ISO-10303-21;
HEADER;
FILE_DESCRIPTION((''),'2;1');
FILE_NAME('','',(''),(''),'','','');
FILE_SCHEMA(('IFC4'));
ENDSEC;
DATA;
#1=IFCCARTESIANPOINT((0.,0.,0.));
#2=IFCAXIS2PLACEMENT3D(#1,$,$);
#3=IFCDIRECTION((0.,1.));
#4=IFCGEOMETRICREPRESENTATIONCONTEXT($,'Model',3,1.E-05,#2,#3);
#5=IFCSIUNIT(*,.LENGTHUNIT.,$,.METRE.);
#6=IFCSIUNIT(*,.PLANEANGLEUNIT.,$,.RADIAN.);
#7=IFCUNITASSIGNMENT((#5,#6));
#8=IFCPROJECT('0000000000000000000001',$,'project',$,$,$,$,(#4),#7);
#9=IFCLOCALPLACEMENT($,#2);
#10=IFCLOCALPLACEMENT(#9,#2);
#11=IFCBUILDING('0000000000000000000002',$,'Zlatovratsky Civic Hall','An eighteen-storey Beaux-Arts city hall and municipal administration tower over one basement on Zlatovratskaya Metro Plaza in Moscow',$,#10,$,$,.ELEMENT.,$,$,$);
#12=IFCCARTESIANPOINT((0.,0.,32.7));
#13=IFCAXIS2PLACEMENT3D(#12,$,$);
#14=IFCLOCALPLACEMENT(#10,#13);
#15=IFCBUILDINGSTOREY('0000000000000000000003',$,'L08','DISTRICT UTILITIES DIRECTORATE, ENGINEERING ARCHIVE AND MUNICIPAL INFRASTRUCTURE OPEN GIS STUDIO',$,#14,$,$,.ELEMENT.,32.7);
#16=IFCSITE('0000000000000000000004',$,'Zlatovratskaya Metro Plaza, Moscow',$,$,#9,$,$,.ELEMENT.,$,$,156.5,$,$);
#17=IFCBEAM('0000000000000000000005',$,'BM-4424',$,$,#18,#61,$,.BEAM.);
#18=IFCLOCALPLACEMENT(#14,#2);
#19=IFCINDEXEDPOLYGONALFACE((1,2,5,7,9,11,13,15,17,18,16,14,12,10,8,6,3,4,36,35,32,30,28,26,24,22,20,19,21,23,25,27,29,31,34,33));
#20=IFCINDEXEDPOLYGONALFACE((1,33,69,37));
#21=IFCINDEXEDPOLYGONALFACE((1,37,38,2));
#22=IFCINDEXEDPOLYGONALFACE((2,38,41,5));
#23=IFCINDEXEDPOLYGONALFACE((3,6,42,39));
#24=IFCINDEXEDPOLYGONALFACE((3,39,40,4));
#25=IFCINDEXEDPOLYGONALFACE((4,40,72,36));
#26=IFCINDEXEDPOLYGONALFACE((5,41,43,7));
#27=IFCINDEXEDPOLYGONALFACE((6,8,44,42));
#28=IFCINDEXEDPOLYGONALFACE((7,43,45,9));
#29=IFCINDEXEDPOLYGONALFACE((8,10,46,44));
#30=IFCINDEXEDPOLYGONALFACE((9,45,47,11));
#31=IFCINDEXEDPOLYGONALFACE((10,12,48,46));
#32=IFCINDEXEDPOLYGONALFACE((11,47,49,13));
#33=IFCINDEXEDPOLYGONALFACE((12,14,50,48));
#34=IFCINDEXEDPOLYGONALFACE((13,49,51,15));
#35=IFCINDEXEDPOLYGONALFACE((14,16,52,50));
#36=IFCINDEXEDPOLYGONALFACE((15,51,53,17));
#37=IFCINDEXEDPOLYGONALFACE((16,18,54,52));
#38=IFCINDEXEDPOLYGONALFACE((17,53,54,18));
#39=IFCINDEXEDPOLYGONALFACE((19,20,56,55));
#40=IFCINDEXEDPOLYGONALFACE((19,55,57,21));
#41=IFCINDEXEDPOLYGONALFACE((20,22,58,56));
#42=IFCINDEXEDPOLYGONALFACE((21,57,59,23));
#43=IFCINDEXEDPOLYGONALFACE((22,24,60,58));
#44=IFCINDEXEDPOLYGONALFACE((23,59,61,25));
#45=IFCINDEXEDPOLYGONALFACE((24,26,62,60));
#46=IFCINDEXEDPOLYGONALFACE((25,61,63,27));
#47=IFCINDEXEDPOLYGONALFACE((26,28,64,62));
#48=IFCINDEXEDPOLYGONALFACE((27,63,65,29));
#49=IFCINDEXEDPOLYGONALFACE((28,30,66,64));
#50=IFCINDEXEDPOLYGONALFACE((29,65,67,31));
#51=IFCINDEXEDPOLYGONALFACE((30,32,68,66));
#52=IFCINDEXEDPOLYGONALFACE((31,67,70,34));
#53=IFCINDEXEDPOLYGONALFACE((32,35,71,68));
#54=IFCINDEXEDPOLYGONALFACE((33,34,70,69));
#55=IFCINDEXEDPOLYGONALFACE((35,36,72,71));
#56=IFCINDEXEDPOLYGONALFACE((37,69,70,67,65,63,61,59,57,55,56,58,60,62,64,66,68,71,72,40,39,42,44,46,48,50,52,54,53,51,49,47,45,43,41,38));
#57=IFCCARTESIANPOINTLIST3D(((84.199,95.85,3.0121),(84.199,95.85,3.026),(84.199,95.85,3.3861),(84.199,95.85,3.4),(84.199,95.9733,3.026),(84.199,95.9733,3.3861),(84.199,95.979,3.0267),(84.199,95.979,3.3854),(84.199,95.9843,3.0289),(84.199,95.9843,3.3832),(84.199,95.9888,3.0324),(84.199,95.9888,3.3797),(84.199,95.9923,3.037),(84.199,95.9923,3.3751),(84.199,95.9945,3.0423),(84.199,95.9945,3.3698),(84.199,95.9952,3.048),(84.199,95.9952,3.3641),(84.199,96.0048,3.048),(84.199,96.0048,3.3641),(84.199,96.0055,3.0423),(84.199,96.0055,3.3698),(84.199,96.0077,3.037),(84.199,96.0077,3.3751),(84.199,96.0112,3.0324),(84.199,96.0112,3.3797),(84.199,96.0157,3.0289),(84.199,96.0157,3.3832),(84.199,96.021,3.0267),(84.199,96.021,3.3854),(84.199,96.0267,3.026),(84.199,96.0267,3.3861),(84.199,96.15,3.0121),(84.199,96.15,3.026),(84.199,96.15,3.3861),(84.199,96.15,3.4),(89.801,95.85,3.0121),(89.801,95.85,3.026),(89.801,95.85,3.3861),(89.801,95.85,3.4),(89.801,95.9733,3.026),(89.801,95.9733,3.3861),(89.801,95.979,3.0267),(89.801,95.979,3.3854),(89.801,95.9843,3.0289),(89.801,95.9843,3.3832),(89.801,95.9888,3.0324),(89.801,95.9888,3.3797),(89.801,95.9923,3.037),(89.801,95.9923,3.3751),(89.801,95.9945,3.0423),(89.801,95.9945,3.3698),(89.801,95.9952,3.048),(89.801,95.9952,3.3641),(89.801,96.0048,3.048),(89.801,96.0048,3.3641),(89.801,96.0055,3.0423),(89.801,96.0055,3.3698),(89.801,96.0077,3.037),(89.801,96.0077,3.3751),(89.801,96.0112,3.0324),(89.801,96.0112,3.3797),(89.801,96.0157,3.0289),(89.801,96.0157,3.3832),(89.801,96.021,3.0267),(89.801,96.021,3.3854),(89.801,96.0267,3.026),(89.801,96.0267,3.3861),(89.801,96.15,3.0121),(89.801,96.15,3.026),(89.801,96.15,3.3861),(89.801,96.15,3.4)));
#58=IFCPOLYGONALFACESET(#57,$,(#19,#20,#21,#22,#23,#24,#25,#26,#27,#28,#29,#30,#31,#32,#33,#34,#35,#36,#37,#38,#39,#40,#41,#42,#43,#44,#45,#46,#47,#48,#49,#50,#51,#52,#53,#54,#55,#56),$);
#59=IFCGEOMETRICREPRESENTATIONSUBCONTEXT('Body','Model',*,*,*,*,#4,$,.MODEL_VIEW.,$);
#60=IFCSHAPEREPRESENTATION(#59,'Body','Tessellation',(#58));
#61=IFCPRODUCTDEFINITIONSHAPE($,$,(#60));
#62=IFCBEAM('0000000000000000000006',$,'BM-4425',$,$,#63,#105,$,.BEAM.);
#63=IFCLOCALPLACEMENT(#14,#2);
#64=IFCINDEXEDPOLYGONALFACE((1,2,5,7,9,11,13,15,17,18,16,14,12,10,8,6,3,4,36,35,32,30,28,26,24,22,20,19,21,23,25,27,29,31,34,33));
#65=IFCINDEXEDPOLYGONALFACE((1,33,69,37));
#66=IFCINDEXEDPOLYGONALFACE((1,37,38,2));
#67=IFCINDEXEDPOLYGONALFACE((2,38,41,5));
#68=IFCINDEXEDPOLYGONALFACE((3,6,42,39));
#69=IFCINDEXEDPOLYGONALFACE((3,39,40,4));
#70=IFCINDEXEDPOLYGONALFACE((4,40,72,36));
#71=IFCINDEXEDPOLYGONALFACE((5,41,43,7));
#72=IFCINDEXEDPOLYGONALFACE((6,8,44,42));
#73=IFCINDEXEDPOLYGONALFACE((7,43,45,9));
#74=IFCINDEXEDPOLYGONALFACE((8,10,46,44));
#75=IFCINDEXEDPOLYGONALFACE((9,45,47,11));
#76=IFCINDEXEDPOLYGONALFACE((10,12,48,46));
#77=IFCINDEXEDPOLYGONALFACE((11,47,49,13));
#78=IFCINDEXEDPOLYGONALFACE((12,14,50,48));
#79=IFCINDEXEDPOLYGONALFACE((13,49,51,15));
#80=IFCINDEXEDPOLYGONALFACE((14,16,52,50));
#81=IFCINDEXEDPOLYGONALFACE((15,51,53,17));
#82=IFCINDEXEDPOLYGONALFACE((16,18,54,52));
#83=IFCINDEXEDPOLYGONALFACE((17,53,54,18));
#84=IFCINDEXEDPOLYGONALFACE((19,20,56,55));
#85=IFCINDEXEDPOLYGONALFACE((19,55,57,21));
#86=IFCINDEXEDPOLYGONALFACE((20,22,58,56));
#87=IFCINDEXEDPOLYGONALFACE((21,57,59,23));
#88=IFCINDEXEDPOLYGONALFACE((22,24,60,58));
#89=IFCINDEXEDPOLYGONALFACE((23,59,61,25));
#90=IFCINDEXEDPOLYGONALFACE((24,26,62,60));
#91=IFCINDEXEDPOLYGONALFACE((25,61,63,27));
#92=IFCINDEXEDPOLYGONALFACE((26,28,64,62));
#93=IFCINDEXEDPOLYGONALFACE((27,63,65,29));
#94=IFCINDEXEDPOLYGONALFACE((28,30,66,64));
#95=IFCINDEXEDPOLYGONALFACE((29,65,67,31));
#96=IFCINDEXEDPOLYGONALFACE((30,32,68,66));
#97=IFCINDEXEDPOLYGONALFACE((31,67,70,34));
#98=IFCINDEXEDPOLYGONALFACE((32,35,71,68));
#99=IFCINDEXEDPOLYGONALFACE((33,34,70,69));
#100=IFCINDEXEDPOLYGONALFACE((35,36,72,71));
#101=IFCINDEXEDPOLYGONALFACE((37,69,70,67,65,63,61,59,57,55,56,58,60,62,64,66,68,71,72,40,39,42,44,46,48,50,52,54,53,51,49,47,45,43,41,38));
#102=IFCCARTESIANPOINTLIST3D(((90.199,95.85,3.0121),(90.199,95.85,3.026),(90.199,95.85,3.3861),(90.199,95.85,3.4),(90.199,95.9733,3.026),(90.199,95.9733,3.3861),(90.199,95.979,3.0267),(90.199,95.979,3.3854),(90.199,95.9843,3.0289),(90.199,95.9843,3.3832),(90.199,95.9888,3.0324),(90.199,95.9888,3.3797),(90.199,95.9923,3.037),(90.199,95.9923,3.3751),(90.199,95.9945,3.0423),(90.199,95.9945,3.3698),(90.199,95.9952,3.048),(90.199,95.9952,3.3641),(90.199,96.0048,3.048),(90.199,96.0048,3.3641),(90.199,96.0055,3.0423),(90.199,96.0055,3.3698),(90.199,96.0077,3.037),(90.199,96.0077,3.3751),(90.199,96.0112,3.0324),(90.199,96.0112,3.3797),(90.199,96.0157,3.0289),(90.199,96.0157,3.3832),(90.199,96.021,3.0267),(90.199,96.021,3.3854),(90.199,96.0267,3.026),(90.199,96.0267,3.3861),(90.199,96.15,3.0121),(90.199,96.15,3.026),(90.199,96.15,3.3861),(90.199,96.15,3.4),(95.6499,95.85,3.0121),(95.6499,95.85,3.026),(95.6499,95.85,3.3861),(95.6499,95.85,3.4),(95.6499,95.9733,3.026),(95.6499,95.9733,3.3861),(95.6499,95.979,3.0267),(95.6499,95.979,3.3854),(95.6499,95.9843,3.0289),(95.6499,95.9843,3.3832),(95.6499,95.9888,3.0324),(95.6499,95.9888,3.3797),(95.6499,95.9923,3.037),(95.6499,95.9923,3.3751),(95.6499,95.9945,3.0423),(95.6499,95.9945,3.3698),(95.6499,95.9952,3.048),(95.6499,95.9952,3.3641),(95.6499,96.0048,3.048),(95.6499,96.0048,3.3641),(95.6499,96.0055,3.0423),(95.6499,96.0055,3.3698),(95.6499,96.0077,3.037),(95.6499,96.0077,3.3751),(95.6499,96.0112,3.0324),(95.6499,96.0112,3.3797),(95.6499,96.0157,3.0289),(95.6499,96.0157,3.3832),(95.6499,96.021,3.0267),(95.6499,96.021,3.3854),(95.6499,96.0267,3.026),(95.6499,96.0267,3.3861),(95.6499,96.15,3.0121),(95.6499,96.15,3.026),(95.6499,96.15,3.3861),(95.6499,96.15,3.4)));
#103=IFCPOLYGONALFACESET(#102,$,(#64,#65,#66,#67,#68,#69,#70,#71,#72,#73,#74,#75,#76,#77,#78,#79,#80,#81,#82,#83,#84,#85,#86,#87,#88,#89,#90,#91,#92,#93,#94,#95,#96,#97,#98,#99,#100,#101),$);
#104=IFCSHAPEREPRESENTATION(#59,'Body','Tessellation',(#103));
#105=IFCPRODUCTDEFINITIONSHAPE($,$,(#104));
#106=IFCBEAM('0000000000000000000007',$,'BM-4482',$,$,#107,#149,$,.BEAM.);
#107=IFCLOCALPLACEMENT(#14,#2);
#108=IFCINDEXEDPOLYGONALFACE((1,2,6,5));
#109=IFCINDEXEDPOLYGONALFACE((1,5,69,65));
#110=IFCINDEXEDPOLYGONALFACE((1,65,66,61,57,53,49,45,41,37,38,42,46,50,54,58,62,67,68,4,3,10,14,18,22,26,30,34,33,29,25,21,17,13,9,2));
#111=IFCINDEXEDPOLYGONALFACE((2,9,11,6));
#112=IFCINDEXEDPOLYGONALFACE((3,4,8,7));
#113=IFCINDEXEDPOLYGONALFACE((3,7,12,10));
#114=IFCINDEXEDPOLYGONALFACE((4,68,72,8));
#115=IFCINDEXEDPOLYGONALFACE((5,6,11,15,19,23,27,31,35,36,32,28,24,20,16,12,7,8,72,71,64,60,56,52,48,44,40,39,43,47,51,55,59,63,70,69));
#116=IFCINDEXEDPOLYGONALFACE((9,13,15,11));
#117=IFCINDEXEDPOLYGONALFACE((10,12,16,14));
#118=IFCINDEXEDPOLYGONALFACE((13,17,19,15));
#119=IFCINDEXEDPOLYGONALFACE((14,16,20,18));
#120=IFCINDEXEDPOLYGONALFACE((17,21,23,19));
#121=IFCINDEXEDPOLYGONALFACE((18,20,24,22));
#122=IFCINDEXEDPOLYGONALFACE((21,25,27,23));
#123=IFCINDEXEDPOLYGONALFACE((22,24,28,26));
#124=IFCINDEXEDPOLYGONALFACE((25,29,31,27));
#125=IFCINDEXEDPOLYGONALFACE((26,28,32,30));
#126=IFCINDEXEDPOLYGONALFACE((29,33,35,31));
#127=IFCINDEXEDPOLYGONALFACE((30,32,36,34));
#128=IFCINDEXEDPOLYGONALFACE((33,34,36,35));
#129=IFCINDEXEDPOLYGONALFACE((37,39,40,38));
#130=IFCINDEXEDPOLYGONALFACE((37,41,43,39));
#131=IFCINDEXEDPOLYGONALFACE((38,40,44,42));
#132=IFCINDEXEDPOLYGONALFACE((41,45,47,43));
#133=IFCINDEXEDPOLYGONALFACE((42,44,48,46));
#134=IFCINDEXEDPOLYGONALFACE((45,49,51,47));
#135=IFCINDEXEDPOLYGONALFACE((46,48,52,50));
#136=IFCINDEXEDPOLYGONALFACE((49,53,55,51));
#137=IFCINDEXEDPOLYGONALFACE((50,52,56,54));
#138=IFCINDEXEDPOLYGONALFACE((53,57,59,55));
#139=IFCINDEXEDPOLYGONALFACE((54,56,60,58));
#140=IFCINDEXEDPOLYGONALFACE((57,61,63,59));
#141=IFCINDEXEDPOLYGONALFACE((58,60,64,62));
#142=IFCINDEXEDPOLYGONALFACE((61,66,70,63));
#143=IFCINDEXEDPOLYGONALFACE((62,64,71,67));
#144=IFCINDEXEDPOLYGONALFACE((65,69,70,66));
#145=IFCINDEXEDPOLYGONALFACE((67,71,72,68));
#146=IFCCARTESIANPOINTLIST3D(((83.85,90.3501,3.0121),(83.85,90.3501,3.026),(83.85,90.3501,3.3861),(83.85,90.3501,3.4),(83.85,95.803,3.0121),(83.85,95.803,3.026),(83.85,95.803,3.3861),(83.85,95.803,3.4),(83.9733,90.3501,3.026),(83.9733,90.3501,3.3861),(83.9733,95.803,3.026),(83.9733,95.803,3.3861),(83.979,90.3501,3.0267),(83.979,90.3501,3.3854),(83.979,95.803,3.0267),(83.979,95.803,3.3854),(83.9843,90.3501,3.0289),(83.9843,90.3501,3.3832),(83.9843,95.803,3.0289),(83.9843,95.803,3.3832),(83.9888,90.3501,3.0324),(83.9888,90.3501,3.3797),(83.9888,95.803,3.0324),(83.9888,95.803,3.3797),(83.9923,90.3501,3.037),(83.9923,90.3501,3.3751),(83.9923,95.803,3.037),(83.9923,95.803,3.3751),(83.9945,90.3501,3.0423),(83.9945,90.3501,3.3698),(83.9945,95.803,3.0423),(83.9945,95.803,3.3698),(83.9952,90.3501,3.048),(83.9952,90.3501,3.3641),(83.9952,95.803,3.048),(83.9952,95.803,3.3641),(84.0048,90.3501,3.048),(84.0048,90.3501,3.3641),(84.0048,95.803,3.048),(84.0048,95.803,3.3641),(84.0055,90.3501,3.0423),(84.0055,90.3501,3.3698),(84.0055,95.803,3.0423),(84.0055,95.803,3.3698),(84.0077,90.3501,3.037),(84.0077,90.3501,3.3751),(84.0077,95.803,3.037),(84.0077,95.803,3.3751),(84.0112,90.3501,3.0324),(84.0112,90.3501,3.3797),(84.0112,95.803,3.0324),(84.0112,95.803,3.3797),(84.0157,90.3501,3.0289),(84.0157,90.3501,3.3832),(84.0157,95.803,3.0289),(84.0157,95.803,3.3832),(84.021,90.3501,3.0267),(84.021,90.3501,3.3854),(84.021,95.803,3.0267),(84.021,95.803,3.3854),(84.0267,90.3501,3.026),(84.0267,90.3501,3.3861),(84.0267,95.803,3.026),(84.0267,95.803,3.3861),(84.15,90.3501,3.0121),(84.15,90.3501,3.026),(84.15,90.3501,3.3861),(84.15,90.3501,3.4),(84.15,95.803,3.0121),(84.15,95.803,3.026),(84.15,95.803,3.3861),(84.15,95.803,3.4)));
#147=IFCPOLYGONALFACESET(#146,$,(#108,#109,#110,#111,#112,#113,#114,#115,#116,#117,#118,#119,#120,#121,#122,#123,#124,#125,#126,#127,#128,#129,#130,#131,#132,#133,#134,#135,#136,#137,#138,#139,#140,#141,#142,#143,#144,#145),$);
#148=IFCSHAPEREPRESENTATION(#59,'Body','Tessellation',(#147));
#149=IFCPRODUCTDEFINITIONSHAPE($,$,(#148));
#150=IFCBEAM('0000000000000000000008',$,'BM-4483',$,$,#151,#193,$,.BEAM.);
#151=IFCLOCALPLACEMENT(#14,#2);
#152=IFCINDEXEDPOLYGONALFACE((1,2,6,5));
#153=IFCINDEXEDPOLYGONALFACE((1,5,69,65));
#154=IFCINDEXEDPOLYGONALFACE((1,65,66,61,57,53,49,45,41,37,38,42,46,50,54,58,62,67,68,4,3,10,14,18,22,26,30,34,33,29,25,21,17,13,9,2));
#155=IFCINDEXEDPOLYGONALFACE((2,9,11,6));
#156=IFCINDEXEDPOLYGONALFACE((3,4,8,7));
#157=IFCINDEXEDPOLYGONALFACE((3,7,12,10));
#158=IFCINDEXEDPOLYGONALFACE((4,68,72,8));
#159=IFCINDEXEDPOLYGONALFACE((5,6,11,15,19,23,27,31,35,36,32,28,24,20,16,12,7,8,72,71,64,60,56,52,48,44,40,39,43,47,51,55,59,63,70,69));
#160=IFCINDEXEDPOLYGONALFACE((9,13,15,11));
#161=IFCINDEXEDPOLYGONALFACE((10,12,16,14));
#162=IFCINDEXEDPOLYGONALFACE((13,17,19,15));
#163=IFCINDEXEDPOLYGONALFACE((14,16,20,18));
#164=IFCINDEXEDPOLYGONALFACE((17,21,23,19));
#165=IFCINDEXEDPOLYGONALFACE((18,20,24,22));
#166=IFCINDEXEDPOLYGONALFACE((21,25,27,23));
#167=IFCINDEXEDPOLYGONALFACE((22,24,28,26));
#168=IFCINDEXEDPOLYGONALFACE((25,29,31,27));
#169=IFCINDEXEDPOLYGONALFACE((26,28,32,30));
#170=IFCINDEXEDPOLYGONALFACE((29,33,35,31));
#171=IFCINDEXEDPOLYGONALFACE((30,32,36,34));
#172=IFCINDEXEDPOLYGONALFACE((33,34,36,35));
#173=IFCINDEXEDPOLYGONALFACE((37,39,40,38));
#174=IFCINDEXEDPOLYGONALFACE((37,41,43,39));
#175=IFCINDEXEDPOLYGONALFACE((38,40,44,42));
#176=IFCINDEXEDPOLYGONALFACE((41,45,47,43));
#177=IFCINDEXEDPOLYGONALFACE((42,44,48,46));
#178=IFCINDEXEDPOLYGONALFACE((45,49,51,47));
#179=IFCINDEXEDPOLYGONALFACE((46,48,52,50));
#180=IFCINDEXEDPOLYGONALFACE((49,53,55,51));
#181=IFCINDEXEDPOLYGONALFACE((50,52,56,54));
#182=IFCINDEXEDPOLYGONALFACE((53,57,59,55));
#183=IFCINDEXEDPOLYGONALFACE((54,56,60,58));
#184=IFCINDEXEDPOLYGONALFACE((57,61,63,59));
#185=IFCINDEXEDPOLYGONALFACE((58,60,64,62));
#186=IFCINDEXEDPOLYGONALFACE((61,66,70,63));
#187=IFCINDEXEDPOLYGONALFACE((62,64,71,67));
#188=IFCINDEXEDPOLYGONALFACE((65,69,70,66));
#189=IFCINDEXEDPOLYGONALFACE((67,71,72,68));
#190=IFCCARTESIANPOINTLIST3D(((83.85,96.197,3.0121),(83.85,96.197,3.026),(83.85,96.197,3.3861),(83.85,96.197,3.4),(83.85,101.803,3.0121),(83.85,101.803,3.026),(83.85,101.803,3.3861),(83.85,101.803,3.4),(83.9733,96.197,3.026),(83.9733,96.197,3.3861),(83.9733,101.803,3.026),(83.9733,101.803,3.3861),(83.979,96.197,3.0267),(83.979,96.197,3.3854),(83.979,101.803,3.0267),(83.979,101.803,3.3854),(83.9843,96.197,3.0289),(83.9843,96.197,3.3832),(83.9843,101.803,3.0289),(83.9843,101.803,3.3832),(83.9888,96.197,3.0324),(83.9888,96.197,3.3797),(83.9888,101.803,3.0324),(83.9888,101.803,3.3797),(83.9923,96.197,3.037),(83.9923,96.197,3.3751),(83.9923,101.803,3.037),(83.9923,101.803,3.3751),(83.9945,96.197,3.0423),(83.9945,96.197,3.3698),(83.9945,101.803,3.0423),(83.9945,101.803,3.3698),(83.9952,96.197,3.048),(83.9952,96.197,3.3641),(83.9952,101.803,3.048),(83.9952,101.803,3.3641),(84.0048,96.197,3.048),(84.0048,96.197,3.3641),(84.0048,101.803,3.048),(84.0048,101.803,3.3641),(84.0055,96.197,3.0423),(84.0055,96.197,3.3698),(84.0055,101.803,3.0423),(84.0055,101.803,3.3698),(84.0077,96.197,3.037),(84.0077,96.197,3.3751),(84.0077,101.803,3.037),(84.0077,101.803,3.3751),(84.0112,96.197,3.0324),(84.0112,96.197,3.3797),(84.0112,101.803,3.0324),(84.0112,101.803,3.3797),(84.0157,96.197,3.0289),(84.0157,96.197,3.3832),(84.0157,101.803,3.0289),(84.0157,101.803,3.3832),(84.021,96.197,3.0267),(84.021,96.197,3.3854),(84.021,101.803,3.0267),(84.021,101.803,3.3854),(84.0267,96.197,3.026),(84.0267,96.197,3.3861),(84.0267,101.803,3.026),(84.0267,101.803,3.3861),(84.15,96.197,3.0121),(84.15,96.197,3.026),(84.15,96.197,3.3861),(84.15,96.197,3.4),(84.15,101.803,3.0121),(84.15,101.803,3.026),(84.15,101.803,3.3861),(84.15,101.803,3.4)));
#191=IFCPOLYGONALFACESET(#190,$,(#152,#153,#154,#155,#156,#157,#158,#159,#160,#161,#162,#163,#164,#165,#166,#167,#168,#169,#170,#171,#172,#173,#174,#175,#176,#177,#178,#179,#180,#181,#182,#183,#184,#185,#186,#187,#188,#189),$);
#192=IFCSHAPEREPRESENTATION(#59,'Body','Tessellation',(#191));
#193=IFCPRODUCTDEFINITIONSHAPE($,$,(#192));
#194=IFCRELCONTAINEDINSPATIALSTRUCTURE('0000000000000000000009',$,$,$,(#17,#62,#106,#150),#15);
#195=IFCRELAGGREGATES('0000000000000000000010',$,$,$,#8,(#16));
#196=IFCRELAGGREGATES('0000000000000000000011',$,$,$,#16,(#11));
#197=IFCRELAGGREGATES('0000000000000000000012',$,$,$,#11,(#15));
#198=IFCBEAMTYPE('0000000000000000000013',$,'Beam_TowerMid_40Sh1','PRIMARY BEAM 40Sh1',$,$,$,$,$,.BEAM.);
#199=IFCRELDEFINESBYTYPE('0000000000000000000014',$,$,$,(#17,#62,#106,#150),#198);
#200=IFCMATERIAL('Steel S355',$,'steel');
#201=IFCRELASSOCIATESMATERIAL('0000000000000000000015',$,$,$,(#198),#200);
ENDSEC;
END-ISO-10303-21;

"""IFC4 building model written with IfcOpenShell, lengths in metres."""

from ifc_helpers import new_model, si_unit, direction, frame, origin, origin_2d, place, context, subcontext, project, spatial, i_section, extrude, material, material_profile, profile_set, type_object, element, save


model = new_model("IFC4")

# Units and contexts
model_context = context("Model", 3, precision=1e-05, world=origin(), true_north=direction((0.0, 1.0)))
body_context = subcontext(model_context, "Body", "Model", "MODEL_VIEW")
ifc_project = project(units=[si_unit("LENGTHUNIT", "METRE"), si_unit("PLANEANGLEUNIT", "RADIAN")], contexts=[model_context])

# Site, building, storey
site_placement = place(None, origin())
site = spatial("IfcSite", under=ifc_project, at=site_placement, Name="Zlatovratskaya Metro Plaza, Moscow", CompositionType="ELEMENT", RefElevation=156.5)
building_placement = place(site_placement, origin())
building = spatial("IfcBuilding", under=site, at=building_placement, Name="Zlatovratsky Civic Hall", Description="An eighteen-storey Beaux-Arts city hall and municipal administration tower over one basement on Zlatovratskaya Metro Plaza in Moscow", CompositionType="ELEMENT")
storey_placement = place(building_placement, frame((0.0, 0.0, 32.7)))
storey = spatial("IfcBuildingStorey", under=building, at=storey_placement, Name="L08", Description="DISTRICT UTILITIES DIRECTORATE, ENGINEERING ARCHIVE AND MUNICIPAL INFRASTRUCTURE OPEN GIS STUDIO", CompositionType="ELEMENT", Elevation=32.7)

# Shared definitions
ifc_material_1 = material(Name="Steel S355", Category="steel")

# Beams
ifc_material_profile_1 = material_profile(ifc_material_1, i_section(OverallWidth=0.3, OverallDepth=0.3879, WebThickness=0.0095, FlangeThickness=0.0139, FilletRadius=0.022, at=origin_2d()), Name="40Sh1")
ifc_profile_set_1 = profile_set([ifc_material_profile_1], Name="Steel S355")
beam_type_1 = type_object("IfcBeamType", Name="Beam_TowerMid_40Sh1", Description="PRIMARY BEAM 40Sh1", PredefinedType="BEAM", material=ifc_profile_set_1)
beam_1_placement = place(storey_placement, frame((84.199, 96.0, 3.2061), z_axis=(1.0, 0.0, 0.0), x_axis=(0.0, 1.0, 0.0)))
element("IfcBeam", 1, at=beam_1_placement, inside=storey, type_object=beam_type_1, Name="BM-4424", PredefinedType="BEAM", context=body_context, shape_type="SweptSolid", body=[
    extrude(i_section(OverallWidth=0.3, OverallDepth=0.3879, WebThickness=0.0095, FlangeThickness=0.0139, FilletRadius=0.022, at=origin_2d()), origin(), (0.0, 0.0, 1.0), 5.6021),
])
beam_2_placement = place(storey_placement, frame((90.199, 96.0, 3.2061), z_axis=(1.0, 0.0, 0.0), x_axis=(0.0, 1.0, 0.0)))
element("IfcBeam", 2, at=beam_2_placement, inside=storey, type_object=beam_type_1, Name="BM-4425", PredefinedType="BEAM", context=body_context, shape_type="SweptSolid", body=[
    extrude(i_section(OverallWidth=0.3, OverallDepth=0.3879, WebThickness=0.0095, FlangeThickness=0.0139, FilletRadius=0.022, at=origin_2d()), origin(), (0.0, 0.0, 1.0), 5.4509),
])
beam_3_placement = place(storey_placement, frame((84.0, 90.3501, 3.2061), z_axis=(0.0, 1.0, 0.0), x_axis=(-1.0, 0.0, 0.0)))
element("IfcBeam", 3, at=beam_3_placement, inside=storey, type_object=beam_type_1, Name="BM-4482", PredefinedType="BEAM", context=body_context, shape_type="SweptSolid", body=[
    extrude(i_section(OverallWidth=0.3, OverallDepth=0.3879, WebThickness=0.0095, FlangeThickness=0.0139, FilletRadius=0.022, at=origin_2d()), origin(), (0.0, 0.0, 1.0), 5.4529),
])
beam_4_placement = place(storey_placement, frame((84.0, 96.197, 3.2061), z_axis=(0.0, 1.0, 0.0), x_axis=(-1.0, 0.0, 0.0)))
element("IfcBeam", 4, at=beam_4_placement, inside=storey, type_object=beam_type_1, Name="BM-4483", PredefinedType="BEAM", context=body_context, shape_type="SweptSolid", body=[
    extrude(i_section(OverallWidth=0.3, OverallDepth=0.3879, WebThickness=0.0095, FlangeThickness=0.0139, FilletRadius=0.022, at=origin_2d()), origin(), (0.0, 0.0, 1.0), 5.606),
])

save(model, "model.ifc")
